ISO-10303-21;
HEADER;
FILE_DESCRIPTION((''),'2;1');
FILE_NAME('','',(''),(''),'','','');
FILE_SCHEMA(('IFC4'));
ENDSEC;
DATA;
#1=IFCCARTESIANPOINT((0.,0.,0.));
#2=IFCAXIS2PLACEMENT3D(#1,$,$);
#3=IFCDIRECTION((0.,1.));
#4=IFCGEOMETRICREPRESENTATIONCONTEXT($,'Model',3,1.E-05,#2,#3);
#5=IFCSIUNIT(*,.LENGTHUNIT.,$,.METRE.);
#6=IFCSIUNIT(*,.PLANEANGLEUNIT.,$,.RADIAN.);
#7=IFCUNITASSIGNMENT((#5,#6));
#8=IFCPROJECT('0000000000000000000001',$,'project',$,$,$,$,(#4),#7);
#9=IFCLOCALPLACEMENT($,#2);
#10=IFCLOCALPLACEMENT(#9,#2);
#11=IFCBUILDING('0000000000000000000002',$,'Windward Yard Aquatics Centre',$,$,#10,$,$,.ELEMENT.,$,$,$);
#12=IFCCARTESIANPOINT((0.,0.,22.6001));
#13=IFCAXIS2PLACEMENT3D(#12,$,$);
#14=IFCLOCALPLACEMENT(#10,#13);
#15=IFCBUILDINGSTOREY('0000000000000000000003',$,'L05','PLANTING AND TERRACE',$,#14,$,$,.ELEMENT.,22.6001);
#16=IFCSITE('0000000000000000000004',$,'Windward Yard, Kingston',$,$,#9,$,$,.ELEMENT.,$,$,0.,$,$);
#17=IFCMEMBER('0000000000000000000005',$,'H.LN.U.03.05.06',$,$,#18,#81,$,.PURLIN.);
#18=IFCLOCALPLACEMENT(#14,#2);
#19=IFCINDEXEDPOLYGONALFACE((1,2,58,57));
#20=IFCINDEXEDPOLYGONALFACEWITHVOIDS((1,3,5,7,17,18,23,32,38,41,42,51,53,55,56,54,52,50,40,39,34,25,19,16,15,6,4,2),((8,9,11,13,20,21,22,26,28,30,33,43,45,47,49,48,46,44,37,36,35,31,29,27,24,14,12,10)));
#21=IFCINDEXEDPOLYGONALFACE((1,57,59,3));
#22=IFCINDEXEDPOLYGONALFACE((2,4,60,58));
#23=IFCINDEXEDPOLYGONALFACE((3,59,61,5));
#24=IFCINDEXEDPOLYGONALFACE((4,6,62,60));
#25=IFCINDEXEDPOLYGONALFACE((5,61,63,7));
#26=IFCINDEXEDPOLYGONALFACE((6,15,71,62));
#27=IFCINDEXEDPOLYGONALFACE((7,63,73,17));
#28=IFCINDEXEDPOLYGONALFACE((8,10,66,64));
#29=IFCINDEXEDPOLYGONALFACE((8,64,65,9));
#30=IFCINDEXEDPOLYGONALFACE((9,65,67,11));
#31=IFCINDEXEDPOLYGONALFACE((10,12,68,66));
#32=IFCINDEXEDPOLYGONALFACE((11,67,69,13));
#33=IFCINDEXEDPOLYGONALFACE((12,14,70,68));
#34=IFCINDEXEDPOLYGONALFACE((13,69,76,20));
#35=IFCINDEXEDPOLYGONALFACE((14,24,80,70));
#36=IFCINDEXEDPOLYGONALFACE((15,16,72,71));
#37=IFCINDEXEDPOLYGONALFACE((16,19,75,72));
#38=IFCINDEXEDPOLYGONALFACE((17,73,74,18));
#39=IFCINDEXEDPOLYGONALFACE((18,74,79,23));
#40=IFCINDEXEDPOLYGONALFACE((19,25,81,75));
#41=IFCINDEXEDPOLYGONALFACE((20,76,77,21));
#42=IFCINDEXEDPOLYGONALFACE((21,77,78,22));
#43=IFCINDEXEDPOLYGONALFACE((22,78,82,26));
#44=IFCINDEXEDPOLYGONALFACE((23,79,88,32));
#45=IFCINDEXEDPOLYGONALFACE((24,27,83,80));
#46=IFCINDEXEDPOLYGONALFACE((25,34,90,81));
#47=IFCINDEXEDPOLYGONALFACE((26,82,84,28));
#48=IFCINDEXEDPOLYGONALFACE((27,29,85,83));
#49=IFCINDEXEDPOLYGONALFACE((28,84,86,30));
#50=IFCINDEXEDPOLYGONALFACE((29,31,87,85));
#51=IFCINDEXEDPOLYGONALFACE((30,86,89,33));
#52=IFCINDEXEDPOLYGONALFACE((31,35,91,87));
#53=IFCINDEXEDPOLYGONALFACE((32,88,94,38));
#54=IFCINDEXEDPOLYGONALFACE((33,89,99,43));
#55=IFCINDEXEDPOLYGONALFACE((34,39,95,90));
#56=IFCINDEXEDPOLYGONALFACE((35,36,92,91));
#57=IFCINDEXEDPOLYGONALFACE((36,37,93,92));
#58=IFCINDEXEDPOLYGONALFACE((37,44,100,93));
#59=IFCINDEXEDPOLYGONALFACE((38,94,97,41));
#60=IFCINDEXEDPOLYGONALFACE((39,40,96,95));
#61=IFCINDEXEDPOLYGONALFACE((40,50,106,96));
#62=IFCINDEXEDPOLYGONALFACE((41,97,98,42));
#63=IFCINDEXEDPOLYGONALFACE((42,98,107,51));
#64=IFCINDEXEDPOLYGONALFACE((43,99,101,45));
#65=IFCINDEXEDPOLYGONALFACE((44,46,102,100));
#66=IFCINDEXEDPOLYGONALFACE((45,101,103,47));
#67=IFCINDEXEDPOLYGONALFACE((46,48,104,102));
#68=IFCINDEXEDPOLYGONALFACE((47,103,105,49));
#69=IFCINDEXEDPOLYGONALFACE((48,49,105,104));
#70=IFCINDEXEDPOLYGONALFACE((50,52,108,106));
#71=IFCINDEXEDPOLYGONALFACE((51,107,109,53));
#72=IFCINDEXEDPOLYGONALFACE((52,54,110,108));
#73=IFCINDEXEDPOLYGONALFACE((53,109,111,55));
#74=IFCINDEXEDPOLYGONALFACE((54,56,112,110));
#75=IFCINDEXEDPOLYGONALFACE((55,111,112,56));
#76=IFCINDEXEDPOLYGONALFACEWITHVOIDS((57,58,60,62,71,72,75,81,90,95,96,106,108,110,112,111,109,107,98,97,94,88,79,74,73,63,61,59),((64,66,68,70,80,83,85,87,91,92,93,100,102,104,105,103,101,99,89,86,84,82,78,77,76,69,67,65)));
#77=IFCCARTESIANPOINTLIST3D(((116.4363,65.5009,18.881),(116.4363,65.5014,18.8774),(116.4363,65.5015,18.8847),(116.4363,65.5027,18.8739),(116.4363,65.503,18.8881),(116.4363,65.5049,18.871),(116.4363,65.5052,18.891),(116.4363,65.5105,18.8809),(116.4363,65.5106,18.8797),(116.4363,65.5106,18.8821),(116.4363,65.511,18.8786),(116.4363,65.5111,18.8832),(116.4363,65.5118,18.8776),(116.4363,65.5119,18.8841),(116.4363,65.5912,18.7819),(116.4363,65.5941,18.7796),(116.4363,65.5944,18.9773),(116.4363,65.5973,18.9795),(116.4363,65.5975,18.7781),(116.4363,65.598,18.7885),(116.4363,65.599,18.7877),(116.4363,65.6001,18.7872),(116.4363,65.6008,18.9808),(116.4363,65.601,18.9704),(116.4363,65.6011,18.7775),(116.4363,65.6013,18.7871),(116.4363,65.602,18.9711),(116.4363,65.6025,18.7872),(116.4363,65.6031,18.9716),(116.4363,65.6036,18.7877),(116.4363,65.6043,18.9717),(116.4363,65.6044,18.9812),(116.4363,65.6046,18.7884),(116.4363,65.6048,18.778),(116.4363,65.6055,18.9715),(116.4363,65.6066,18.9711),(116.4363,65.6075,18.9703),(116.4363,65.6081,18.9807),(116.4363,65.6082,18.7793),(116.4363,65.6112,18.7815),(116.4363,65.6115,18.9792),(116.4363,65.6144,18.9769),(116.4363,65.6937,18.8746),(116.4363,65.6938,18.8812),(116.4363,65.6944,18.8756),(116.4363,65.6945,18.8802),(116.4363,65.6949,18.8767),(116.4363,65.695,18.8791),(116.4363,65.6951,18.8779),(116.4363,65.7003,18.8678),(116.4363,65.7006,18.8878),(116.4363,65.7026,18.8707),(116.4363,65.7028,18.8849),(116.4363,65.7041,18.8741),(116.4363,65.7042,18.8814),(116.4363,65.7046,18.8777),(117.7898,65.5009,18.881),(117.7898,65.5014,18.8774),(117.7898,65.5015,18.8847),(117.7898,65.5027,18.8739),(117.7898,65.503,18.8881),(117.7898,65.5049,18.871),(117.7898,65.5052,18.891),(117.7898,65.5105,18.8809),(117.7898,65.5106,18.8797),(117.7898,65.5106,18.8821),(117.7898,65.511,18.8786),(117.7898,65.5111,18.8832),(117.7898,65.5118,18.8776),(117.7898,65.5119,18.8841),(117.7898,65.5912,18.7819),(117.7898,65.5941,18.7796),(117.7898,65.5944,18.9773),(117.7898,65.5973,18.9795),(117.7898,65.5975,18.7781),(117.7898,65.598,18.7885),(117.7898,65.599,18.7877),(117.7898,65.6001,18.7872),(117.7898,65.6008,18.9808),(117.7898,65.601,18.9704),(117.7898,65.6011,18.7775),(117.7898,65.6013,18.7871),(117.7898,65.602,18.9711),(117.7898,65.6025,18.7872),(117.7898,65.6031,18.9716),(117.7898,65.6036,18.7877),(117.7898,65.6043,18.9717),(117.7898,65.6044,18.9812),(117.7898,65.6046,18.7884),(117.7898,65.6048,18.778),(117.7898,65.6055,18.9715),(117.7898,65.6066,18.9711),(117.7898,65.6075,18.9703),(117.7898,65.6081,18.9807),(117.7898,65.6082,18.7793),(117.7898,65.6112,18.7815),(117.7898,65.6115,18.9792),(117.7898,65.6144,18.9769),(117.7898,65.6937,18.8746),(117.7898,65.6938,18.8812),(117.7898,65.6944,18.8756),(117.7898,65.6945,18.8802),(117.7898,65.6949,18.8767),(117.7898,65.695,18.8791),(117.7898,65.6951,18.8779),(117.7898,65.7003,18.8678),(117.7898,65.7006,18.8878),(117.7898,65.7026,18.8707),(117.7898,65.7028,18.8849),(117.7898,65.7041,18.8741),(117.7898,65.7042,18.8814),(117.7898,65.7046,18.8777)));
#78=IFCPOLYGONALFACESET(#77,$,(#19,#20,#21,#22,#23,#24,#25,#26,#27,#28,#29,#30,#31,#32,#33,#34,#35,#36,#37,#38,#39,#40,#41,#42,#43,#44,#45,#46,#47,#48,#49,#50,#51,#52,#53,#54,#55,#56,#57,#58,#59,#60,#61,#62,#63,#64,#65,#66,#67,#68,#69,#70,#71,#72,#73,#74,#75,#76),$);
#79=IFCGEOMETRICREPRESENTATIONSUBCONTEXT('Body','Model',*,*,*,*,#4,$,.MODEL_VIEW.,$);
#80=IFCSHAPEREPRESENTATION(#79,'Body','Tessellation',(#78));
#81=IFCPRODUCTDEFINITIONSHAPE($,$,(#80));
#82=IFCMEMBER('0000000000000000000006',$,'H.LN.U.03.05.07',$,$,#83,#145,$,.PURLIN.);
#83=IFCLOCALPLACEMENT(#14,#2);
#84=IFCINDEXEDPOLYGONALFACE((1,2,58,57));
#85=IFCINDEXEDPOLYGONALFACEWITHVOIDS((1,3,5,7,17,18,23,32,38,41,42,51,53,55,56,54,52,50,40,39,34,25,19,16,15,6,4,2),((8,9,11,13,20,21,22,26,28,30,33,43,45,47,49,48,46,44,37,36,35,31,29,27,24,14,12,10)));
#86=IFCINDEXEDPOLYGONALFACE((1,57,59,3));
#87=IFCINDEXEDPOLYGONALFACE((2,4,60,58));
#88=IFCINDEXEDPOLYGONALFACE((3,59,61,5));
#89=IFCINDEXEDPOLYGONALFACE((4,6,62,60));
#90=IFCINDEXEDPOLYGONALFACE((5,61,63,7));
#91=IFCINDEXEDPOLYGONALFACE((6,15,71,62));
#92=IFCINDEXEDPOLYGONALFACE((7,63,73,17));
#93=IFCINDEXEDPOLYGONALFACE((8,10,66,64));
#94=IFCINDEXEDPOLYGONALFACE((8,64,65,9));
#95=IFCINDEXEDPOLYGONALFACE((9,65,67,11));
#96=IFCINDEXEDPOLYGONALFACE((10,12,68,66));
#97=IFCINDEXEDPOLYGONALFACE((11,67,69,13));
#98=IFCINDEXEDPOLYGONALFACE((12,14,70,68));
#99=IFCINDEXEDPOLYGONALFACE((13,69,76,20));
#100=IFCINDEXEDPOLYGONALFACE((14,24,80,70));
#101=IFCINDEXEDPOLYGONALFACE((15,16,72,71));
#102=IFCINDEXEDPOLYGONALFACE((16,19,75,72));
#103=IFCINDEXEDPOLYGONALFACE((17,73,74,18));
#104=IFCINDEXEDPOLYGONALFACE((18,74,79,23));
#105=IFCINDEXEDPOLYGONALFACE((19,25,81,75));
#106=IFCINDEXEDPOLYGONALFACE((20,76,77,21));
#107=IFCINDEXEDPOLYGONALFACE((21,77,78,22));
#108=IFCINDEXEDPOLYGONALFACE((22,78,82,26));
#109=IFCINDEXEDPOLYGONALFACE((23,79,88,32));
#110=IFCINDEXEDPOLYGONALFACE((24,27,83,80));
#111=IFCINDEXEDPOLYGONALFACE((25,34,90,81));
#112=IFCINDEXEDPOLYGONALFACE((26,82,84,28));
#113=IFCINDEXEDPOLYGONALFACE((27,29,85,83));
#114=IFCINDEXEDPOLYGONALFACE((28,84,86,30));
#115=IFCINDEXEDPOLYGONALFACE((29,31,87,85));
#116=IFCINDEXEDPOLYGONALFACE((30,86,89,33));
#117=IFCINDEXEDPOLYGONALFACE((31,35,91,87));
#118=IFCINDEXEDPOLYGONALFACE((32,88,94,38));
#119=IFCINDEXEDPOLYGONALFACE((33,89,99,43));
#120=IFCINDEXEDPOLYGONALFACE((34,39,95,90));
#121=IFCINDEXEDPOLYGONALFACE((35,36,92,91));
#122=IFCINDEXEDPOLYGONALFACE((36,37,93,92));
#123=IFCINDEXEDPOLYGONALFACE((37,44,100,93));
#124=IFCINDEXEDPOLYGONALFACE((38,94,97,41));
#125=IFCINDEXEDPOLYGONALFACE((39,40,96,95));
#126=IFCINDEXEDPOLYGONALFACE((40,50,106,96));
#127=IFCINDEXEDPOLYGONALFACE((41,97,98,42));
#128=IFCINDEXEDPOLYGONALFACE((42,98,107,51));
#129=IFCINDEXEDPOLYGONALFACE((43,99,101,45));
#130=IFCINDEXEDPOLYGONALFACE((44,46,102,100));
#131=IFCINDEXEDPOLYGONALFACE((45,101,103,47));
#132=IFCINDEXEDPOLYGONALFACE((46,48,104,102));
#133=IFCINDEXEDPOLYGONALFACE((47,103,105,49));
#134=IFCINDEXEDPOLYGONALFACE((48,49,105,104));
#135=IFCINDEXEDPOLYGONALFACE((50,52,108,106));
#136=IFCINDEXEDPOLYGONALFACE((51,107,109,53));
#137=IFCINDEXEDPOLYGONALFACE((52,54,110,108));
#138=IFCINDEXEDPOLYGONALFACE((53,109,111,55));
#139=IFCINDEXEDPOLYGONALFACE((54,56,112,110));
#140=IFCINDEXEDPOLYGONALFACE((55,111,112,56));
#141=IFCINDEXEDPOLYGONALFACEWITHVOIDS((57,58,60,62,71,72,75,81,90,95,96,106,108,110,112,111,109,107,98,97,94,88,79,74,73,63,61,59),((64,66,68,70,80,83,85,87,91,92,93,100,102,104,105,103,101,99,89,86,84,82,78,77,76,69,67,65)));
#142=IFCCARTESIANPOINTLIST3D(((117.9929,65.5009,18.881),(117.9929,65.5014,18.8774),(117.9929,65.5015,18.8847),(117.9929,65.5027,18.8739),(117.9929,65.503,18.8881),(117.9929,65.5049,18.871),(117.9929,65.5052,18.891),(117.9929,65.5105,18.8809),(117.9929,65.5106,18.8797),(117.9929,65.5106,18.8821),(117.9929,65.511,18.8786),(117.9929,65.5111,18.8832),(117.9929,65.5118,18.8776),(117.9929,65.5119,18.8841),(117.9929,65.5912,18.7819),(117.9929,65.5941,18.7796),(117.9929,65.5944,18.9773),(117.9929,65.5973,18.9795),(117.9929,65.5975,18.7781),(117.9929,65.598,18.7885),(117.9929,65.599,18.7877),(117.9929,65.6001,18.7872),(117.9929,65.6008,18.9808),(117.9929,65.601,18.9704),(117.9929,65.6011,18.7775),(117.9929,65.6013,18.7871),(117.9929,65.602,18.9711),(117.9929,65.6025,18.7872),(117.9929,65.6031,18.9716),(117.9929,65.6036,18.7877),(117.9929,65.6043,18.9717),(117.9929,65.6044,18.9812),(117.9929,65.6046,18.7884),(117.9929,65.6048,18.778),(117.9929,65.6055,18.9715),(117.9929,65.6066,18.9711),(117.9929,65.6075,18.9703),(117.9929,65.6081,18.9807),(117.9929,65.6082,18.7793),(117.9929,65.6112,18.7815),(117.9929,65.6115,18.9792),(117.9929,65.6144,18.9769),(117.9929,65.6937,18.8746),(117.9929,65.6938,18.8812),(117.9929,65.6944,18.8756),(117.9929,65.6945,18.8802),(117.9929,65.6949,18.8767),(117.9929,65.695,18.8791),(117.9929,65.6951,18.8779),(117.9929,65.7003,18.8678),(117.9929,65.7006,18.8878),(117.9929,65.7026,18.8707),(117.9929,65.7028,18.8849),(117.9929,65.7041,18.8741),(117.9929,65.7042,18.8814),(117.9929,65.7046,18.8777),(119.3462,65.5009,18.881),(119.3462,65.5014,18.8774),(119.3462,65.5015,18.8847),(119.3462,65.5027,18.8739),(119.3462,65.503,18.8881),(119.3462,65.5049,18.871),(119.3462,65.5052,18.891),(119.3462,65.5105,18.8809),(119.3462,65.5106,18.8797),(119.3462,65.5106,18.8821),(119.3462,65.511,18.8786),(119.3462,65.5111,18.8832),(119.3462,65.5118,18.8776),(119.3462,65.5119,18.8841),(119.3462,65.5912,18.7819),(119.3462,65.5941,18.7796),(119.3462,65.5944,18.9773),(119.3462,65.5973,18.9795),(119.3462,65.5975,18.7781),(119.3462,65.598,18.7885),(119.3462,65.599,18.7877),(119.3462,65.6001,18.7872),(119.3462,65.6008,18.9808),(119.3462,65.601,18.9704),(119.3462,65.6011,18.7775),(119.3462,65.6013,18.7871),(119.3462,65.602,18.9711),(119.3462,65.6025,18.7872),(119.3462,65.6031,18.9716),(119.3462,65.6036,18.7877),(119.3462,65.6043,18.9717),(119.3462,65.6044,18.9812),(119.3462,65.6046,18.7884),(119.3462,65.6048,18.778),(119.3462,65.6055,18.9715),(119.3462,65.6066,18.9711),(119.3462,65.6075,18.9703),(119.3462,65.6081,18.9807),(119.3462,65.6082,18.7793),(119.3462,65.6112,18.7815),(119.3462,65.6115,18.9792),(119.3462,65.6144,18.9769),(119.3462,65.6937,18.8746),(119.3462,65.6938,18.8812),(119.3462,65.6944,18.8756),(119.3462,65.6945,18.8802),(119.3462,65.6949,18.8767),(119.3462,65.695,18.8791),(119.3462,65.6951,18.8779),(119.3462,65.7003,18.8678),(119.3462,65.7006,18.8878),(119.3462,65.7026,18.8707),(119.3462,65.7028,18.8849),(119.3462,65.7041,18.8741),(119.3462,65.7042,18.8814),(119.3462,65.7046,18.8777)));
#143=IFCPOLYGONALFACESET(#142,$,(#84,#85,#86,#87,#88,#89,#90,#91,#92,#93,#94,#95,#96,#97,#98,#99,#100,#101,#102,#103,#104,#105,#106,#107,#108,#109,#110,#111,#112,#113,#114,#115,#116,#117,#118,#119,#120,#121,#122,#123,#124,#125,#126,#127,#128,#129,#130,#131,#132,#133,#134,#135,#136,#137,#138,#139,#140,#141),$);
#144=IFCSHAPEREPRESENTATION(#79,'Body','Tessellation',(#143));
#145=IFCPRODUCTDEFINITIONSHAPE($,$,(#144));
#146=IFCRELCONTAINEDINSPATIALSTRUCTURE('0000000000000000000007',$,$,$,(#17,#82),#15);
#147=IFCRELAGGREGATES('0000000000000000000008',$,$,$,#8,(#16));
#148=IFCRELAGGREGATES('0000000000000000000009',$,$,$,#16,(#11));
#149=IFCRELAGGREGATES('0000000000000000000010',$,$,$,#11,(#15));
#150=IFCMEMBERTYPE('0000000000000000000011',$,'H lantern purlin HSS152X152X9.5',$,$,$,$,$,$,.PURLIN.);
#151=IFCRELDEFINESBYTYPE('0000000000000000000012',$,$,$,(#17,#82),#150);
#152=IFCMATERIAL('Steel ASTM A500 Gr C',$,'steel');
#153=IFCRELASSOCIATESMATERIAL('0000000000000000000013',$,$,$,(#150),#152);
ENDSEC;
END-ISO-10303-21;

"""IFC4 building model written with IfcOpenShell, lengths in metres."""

from ifc_helpers import new_model, si_unit, direction, frame, origin, origin_2d, place, context, subcontext, project, spatial, hollow_rectangle, extrude, material, material_profile, profile_set, type_object, element, save


model = new_model("IFC4")

# Units and contexts
model_context = context("Model", 3, precision=1e-05, world=origin(), true_north=direction((0.0, 1.0)))
body_context = subcontext(model_context, "Body", "Model", "MODEL_VIEW")
ifc_project = project(units=[si_unit("LENGTHUNIT", "METRE"), si_unit("PLANEANGLEUNIT", "RADIAN")], contexts=[model_context])

# Site, building, storey
site_placement = place(None, origin())
site = spatial("IfcSite", under=ifc_project, at=site_placement, Name="Windward Yard, Kingston", CompositionType="ELEMENT", RefElevation=0.0)
building_placement = place(site_placement, origin())
building = spatial("IfcBuilding", under=site, at=building_placement, Name="Windward Yard Aquatics Centre", CompositionType="ELEMENT")
storey_placement = place(building_placement, frame((0.0, 0.0, 22.6001)))
storey = spatial("IfcBuildingStorey", under=building, at=storey_placement, Name="L05", Description="PLANTING AND TERRACE", CompositionType="ELEMENT", Elevation=22.6001)

# Members
ifc_material_1 = material(Name="Steel ASTM A500 Gr C", Category="steel")
ifc_material_profile = material_profile(ifc_material_1, hollow_rectangle(XDim=0.1523, YDim=0.1523, WallThickness=0.0095, InnerFilletRadius=0.0046, OuterFilletRadius=0.0142, at=origin_2d()), Name="HSS152X152X9.5")
ifc_profile_set = profile_set([ifc_material_profile], Name="Steel ASTM A500 Gr C")
member_type = type_object("IfcMemberType", Name="H lantern purlin HSS152X152X9.5", PredefinedType="PURLIN", material=ifc_profile_set)
member_1_placement = place(storey_placement, frame((116.4363, 65.6028, 18.8794), z_axis=(1.0, 0.0, 0.0), x_axis=(0.0, 0.69555, -0.718477)))
element("IfcMember", 1, at=member_1_placement, inside=storey, type_object=member_type, Name="H.LN.U.03.05.06", PredefinedType="PURLIN", context=body_context, shape_type="SweptSolid", body=[
    extrude(hollow_rectangle(XDim=0.1523, YDim=0.1523, WallThickness=0.0095, InnerFilletRadius=0.0046, OuterFilletRadius=0.0142, at=origin_2d()), origin(), (0.0, 0.0, 1.0), 1.3535),
])
member_2_placement = place(storey_placement, frame((117.9929, 65.6028, 18.8794), z_axis=(1.0, 0.0, 0.0), x_axis=(0.0, 0.69555, -0.718477)))
element("IfcMember", 2, at=member_2_placement, inside=storey, type_object=member_type, Name="H.LN.U.03.05.07", PredefinedType="PURLIN", context=body_context, shape_type="SweptSolid", body=[
    extrude(hollow_rectangle(XDim=0.1523, YDim=0.1523, WallThickness=0.0095, InnerFilletRadius=0.0046, OuterFilletRadius=0.0142, at=origin_2d()), origin(), (0.0, 0.0, 1.0), 1.3533),
])

save(model, "model.ifc")
